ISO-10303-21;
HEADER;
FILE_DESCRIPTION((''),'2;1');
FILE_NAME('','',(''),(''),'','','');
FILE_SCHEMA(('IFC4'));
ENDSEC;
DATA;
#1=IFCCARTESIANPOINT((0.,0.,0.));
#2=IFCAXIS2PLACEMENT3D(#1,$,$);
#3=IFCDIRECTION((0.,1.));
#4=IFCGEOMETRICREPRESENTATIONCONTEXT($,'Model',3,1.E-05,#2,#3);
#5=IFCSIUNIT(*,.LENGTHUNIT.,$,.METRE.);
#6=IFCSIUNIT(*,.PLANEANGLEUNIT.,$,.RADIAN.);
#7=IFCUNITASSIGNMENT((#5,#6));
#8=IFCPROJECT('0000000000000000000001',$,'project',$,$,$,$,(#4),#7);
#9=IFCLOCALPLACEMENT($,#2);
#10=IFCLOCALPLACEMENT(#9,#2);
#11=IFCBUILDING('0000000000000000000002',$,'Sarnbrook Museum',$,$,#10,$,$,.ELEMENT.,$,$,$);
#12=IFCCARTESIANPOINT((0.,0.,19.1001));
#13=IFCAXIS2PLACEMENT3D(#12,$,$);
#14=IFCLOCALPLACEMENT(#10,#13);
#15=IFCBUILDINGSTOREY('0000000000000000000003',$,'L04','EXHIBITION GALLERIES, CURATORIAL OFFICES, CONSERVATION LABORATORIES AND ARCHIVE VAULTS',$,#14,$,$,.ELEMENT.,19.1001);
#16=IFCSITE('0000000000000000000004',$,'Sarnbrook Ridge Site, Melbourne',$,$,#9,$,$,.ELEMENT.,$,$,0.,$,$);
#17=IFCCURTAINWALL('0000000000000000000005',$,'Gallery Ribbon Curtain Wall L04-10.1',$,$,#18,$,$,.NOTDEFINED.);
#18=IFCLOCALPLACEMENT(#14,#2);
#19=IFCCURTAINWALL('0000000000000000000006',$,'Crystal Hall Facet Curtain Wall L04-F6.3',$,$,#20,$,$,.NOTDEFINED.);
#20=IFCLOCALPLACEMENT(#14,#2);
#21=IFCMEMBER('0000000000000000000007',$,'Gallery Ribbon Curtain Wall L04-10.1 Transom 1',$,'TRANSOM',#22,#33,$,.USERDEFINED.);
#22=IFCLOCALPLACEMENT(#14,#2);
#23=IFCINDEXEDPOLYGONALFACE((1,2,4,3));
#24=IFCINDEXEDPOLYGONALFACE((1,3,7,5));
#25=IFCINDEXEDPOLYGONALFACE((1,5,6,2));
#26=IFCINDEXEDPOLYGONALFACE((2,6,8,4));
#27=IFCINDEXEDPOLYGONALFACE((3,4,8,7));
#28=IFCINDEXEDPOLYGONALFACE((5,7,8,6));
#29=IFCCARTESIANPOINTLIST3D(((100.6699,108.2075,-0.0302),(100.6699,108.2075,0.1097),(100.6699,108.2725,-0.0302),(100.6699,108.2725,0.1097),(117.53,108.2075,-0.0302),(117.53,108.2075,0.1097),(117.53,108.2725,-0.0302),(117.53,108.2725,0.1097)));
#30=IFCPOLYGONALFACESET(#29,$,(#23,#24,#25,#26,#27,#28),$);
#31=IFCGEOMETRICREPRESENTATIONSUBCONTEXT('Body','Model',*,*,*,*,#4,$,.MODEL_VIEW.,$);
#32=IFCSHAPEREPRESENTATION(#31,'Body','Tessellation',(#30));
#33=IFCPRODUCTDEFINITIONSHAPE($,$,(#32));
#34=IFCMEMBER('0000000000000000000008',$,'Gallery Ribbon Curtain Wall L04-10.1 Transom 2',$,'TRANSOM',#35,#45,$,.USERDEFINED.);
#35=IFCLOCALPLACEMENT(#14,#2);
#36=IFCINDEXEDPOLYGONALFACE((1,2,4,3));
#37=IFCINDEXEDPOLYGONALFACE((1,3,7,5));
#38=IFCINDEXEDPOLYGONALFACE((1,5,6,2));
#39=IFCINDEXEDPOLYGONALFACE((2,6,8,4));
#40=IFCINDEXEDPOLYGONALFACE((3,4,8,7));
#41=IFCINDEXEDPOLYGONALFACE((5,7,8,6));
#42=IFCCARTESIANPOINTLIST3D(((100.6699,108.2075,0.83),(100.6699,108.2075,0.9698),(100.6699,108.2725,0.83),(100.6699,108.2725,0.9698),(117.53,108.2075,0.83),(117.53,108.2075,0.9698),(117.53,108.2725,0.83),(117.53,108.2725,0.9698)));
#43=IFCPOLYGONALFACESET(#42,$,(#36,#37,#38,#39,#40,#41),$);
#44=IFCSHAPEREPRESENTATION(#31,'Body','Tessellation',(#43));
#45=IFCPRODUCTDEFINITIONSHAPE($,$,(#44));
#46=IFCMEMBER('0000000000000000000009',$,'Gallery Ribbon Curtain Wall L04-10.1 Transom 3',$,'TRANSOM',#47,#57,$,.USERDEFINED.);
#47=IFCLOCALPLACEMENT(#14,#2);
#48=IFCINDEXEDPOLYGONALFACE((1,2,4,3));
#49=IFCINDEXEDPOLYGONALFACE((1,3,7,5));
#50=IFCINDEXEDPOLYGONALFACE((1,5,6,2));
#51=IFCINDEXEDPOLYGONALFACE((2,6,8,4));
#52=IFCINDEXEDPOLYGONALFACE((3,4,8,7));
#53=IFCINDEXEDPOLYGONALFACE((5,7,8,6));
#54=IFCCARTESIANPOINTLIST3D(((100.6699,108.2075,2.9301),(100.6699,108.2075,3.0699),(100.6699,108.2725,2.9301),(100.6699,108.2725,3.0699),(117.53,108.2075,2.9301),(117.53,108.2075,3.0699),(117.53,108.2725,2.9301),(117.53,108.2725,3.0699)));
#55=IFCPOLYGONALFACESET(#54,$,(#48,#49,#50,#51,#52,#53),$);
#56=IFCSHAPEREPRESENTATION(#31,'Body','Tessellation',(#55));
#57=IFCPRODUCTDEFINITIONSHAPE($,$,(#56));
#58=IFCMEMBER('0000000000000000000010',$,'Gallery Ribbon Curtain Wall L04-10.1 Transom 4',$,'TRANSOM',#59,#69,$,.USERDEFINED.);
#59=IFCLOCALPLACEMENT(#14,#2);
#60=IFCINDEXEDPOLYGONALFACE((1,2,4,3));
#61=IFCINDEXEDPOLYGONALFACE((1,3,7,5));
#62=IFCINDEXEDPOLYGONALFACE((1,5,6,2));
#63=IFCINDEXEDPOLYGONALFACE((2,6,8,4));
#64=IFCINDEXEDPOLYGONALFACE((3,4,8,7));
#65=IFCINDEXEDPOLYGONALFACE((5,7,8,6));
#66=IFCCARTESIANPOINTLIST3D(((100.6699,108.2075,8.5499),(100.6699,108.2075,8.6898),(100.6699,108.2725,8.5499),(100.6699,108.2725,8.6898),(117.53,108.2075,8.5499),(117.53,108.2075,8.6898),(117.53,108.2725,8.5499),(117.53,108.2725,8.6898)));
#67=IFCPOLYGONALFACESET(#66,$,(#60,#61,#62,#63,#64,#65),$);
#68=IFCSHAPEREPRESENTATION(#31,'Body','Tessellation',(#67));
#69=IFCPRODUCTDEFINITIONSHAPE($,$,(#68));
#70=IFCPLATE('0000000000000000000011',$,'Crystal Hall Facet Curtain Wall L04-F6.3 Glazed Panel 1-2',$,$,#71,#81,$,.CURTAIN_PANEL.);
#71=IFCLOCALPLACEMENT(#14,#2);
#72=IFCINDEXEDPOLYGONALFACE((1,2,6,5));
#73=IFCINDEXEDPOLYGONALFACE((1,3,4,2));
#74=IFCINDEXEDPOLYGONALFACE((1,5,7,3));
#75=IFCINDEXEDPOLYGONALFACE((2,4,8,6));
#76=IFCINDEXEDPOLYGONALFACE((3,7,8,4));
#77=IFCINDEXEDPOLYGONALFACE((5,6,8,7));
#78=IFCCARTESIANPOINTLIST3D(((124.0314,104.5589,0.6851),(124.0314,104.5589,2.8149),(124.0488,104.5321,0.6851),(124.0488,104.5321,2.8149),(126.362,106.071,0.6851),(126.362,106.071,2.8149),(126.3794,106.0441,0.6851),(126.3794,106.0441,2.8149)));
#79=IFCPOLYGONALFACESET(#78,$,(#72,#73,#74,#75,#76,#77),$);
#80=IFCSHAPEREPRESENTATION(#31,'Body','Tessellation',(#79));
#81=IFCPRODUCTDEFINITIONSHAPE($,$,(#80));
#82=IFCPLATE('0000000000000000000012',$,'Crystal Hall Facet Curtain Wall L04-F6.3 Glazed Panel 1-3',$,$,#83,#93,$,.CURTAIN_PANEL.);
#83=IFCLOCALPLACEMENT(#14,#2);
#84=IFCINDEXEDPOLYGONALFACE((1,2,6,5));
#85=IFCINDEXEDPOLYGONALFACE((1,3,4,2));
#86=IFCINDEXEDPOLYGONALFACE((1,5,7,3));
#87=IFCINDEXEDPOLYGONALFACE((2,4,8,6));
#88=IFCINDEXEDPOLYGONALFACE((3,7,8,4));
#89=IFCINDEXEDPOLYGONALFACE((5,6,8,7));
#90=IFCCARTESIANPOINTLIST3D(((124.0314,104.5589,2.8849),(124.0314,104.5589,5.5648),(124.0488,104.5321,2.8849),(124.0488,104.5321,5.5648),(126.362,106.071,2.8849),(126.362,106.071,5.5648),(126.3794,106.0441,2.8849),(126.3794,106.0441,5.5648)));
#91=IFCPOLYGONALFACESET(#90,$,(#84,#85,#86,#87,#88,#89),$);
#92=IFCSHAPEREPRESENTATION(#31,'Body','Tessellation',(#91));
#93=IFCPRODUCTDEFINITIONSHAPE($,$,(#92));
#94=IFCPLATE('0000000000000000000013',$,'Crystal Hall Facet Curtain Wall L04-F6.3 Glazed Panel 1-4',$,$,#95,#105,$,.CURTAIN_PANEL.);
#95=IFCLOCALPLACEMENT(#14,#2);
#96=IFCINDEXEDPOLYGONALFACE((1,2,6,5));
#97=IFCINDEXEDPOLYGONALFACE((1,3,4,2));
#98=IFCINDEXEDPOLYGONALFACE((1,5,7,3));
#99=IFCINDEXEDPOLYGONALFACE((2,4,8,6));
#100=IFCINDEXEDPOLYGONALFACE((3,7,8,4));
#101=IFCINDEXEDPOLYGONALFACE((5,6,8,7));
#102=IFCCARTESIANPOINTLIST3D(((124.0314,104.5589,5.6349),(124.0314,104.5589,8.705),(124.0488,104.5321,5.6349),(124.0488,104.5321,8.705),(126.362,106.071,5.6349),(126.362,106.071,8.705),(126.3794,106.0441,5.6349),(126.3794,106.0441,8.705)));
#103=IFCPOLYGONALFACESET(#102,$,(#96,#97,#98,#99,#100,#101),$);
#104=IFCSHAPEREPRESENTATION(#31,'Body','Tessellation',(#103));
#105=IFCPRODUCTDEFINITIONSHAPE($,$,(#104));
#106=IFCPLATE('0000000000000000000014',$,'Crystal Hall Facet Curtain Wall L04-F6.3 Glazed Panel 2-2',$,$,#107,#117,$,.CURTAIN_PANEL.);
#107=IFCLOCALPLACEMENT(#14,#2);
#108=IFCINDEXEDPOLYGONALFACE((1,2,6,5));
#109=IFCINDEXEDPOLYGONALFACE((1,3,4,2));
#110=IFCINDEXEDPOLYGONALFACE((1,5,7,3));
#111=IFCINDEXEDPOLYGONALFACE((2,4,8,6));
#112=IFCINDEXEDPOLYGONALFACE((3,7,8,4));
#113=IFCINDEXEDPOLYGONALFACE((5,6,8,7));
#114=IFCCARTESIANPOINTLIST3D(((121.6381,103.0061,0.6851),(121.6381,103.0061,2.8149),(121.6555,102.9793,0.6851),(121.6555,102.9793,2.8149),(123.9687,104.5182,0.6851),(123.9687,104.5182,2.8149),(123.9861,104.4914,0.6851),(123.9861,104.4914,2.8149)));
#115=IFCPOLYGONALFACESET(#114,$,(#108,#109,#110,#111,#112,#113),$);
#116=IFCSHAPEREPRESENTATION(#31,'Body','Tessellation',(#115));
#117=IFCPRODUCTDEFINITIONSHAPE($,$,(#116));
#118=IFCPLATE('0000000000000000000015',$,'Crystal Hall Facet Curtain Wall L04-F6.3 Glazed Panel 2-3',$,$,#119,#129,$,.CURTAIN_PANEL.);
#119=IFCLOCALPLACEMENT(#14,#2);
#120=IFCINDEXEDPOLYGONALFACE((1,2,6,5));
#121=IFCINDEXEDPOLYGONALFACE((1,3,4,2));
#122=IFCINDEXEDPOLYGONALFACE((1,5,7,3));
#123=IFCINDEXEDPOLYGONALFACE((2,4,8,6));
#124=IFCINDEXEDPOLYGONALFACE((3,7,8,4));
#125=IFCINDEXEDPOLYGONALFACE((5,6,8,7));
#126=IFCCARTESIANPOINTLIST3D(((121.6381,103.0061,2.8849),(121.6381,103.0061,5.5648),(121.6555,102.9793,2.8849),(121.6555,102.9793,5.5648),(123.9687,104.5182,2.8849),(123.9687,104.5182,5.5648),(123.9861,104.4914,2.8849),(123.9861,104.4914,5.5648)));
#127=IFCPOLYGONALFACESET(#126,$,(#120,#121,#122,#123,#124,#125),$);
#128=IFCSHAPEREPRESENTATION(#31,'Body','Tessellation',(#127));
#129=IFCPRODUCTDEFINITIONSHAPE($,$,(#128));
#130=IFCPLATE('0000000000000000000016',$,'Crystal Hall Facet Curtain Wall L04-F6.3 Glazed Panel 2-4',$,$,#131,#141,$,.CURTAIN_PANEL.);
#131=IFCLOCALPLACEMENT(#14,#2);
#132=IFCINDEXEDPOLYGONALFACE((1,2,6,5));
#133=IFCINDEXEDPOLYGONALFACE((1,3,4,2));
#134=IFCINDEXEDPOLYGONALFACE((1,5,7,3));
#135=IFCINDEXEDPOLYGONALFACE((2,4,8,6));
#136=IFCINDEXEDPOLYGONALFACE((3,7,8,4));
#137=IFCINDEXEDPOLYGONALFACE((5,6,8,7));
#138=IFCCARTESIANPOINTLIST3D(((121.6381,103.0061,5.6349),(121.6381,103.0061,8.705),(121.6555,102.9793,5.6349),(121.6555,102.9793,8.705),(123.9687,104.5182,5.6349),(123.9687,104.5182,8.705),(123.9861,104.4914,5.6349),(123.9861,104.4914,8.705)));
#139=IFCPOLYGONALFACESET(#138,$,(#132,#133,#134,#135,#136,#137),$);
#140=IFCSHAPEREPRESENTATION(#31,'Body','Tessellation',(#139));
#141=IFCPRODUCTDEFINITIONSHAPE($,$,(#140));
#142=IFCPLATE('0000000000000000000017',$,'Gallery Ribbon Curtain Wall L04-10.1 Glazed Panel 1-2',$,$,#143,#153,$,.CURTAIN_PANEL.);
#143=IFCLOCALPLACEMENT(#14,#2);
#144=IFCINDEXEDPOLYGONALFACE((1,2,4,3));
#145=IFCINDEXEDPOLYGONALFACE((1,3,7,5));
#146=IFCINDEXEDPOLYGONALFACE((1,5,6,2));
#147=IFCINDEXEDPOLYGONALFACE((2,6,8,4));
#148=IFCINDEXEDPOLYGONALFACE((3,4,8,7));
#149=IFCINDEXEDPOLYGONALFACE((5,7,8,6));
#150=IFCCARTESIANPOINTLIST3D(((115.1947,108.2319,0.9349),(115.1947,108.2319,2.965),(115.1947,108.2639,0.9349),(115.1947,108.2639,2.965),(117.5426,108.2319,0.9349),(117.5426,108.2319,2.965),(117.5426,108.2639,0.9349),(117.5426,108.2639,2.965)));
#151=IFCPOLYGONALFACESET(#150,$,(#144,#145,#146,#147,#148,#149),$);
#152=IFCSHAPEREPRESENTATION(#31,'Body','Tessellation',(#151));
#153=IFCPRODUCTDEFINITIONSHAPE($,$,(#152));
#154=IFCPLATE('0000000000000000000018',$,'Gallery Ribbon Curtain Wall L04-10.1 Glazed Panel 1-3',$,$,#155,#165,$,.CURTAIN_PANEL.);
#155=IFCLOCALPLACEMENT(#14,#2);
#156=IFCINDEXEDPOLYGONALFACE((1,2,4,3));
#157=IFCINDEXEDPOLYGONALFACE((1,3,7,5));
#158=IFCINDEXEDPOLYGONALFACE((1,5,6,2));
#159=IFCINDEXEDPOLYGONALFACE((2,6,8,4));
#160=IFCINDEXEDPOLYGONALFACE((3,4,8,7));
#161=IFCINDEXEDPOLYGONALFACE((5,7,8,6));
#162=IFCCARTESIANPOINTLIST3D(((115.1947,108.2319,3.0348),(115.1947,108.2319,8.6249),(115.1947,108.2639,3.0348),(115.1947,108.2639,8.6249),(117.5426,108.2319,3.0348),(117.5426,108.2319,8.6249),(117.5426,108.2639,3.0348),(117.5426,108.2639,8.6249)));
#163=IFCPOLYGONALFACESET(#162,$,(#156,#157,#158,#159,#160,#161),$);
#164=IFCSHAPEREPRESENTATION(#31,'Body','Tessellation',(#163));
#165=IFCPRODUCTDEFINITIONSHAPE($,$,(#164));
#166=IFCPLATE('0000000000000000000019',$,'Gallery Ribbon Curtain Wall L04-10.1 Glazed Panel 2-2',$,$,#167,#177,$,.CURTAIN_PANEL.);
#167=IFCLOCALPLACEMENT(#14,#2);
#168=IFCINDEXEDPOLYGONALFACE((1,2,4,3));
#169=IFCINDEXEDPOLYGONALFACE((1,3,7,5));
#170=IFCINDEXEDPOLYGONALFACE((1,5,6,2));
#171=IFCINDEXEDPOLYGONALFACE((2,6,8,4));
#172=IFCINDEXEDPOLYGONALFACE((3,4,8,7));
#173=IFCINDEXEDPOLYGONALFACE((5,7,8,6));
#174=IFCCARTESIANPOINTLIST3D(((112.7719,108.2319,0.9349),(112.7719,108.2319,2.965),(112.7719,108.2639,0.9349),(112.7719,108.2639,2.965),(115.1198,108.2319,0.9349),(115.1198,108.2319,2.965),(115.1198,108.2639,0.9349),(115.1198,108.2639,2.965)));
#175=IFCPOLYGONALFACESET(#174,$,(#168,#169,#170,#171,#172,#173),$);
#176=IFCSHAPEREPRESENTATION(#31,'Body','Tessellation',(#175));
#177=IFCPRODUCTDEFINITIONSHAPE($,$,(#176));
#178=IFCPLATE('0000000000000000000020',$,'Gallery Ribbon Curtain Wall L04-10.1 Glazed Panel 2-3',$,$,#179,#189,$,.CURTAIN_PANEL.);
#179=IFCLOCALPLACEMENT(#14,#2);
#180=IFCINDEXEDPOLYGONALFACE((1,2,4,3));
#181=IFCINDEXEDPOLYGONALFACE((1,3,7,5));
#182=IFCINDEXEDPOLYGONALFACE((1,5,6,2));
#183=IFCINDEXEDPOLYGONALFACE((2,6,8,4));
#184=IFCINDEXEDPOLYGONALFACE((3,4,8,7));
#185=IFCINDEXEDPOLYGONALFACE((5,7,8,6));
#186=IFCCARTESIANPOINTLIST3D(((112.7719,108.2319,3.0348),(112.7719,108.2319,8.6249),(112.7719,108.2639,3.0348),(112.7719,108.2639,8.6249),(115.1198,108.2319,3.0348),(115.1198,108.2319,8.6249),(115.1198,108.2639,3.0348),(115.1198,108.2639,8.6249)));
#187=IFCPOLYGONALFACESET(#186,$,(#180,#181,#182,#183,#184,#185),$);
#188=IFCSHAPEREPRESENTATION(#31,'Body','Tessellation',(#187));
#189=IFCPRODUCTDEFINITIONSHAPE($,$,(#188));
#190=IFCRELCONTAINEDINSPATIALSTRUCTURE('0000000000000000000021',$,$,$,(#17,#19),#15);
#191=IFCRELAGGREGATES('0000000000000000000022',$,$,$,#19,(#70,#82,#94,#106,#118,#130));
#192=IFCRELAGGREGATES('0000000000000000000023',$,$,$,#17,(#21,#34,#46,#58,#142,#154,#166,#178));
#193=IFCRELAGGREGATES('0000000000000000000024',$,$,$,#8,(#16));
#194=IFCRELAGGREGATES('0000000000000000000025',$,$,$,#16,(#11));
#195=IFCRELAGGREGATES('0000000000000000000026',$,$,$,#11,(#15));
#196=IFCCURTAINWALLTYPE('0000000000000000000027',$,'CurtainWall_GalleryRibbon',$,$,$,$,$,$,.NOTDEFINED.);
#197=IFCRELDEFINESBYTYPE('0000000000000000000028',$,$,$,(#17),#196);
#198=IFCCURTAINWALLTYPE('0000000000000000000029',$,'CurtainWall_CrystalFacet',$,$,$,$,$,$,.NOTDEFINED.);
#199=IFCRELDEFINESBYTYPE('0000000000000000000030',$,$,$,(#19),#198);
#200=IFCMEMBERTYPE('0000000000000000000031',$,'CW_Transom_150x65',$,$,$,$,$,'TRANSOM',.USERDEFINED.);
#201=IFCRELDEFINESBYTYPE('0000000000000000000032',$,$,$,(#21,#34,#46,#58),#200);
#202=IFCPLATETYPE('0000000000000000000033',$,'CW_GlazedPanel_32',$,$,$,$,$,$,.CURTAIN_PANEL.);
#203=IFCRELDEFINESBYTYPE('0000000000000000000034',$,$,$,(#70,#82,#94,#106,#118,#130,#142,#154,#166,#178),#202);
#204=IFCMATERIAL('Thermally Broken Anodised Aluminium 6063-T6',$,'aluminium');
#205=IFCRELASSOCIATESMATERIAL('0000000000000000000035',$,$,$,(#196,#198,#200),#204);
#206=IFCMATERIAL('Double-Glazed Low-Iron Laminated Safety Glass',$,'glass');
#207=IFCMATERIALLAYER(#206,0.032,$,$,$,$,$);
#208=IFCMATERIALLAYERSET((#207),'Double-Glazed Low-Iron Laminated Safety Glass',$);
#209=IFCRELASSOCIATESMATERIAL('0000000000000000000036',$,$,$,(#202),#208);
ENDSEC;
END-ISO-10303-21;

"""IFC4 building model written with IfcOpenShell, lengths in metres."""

from ifc_helpers import new_model, si_unit, direction, frame, origin, origin_2d, place, context, subcontext, project, spatial, rectangle, extrude, material, layer, layer_set, material_profile, profile_set, type_object, element, aggregate, save


model = new_model("IFC4")

# Units and contexts
model_context = context("Model", 3, precision=1e-05, world=origin(), true_north=direction((0.0, 1.0)))
body_context = subcontext(model_context, "Body", "Model", "MODEL_VIEW")
ifc_project = project(units=[si_unit("LENGTHUNIT", "METRE"), si_unit("PLANEANGLEUNIT", "RADIAN")], contexts=[model_context])

# Site, building, storey
site_placement = place(None, origin())
site = spatial("IfcSite", under=ifc_project, at=site_placement, Name="Sarnbrook Ridge Site, Melbourne", CompositionType="ELEMENT", RefElevation=0.0)
building_placement = place(site_placement, origin())
building = spatial("IfcBuilding", under=site, at=building_placement, Name="Sarnbrook Museum", CompositionType="ELEMENT")
storey_placement = place(building_placement, frame((0.0, 0.0, 19.1001)))
storey = spatial("IfcBuildingStorey", under=building, at=storey_placement, Name="L04", Description="EXHIBITION GALLERIES, CURATORIAL OFFICES, CONSERVATION LABORATORIES AND ARCHIVE VAULTS", CompositionType="ELEMENT", Elevation=19.1001)

# Curtain walls
ifc_material_1 = material(Name="Thermally Broken Anodised Aluminium 6063-T6", Category="aluminium")
curtain_wall_type_1 = type_object("IfcCurtainWallType", Name="CurtainWall_GalleryRibbon", PredefinedType="NOTDEFINED", material=ifc_material_1)
curtain_wall_1_placement = place(storey_placement, origin())
curtain_wall_1 = element("IfcCurtainWall", 1, at=curtain_wall_1_placement, inside=storey, type_object=curtain_wall_type_1, Name="Gallery Ribbon Curtain Wall L04-10.1", PredefinedType="NOTDEFINED")
curtain_wall_type_2 = type_object("IfcCurtainWallType", Name="CurtainWall_CrystalFacet", PredefinedType="NOTDEFINED", material=ifc_material_1)
curtain_wall_2_placement = place(storey_placement, origin())
curtain_wall_2 = element("IfcCurtainWall", 2, at=curtain_wall_2_placement, inside=storey, type_object=curtain_wall_type_2, Name="Crystal Hall Facet Curtain Wall L04-F6.3", PredefinedType="NOTDEFINED")
ifc_material_profile_1 = material_profile(ifc_material_1, rectangle(XDim=0.0649, YDim=0.1399, at=origin_2d()), Name="ALU TRANSOM 65x140")
ifc_profile_set_1 = profile_set([ifc_material_profile_1], Name="Thermally Broken Anodised Aluminium 6063-T6")
member_type_1 = type_object("IfcMemberType", Name="CW_Transom_150x65", ElementType="TRANSOM", PredefinedType="USERDEFINED", material=ifc_profile_set_1)

# Members
member_1_placement = place(storey_placement, frame((117.53, 108.24, 0.0398), z_axis=(-1.0, 0.0, 0.0), x_axis=(0.0, -1.0, 0.0)))
member_1 = element("IfcMember", 3, at=member_1_placement, type_object=member_type_1, Name="Gallery Ribbon Curtain Wall L04-10.1 Transom 1", ObjectType="TRANSOM", PredefinedType="USERDEFINED", context=body_context, shape_type="SweptSolid", body=[
    extrude(rectangle(XDim=0.0649, YDim=0.1399, at=origin_2d()), origin(), (0.0, 0.0, 1.0), 16.8601),
])
member_2_placement = place(storey_placement, frame((117.53, 108.24, 0.8999), z_axis=(-1.0, 0.0, 0.0), x_axis=(0.0, -1.0, 0.0)))
member_2 = element("IfcMember", 4, at=member_2_placement, type_object=member_type_1, Name="Gallery Ribbon Curtain Wall L04-10.1 Transom 2", ObjectType="TRANSOM", PredefinedType="USERDEFINED", context=body_context, shape_type="SweptSolid", body=[
    extrude(rectangle(XDim=0.0649, YDim=0.1399, at=origin_2d()), origin(), (0.0, 0.0, 1.0), 16.8601),
])
member_3_placement = place(storey_placement, frame((117.53, 108.24, 3.0), z_axis=(-1.0, 0.0, 0.0), x_axis=(0.0, -1.0, 0.0)))
member_3 = element("IfcMember", 5, at=member_3_placement, type_object=member_type_1, Name="Gallery Ribbon Curtain Wall L04-10.1 Transom 3", ObjectType="TRANSOM", PredefinedType="USERDEFINED", context=body_context, shape_type="SweptSolid", body=[
    extrude(rectangle(XDim=0.0649, YDim=0.1399, at=origin_2d()), origin(), (0.0, 0.0, 1.0), 16.8601),
])
member_4_placement = place(storey_placement, frame((117.53, 108.24, 8.6199), z_axis=(-1.0, 0.0, 0.0), x_axis=(0.0, -1.0, 0.0)))
member_4 = element("IfcMember", 6, at=member_4_placement, type_object=member_type_1, Name="Gallery Ribbon Curtain Wall L04-10.1 Transom 4", ObjectType="TRANSOM", PredefinedType="USERDEFINED", context=body_context, shape_type="SweptSolid", body=[
    extrude(rectangle(XDim=0.0649, YDim=0.1399, at=origin_2d()), origin(), (0.0, 0.0, 1.0), 16.8601),
])

# Plates
ifc_material_2 = material(Name="Double-Glazed Low-Iron Laminated Safety Glass", Category="glass")
ifc_layer_1 = layer(ifc_material_2, 0.032)
ifc_layer_set_1 = layer_set([ifc_layer_1], Name="Double-Glazed Low-Iron Laminated Safety Glass")
plate_type_1 = type_object("IfcPlateType", Name="CW_GlazedPanel_32", PredefinedType="CURTAIN_PANEL", material=ifc_layer_set_1)
plate_1_placement = place(storey_placement, frame((125.2141, 105.2881, 1.75), z_axis=(-0.544287, 0.838899, 0.0), x_axis=(-0.838899, -0.544287, 0.0)))
plate_1 = element("IfcPlate", 7, at=plate_1_placement, type_object=plate_type_1, Name="Crystal Hall Facet Curtain Wall L04-F6.3 Glazed Panel 1-2", PredefinedType="CURTAIN_PANEL", context=body_context, shape_type="SweptSolid", body=[
    extrude(rectangle(XDim=2.7781, YDim=2.1299, at=origin_2d()), origin(), (0.0, 0.0, 1.0), 0.032),
])
plate_2_placement = place(storey_placement, frame((125.2141, 105.2881, 4.2249), z_axis=(-0.544287, 0.838899, 0.0), x_axis=(-0.838899, -0.544287, 0.0)))
plate_2 = element("IfcPlate", 8, at=plate_2_placement, type_object=plate_type_1, Name="Crystal Hall Facet Curtain Wall L04-F6.3 Glazed Panel 1-3", PredefinedType="CURTAIN_PANEL", context=body_context, shape_type="SweptSolid", body=[
    extrude(rectangle(XDim=2.7781, YDim=2.6799, at=origin_2d()), origin(), (0.0, 0.0, 1.0), 0.032),
])
plate_3_placement = place(storey_placement, frame((125.2141, 105.2881, 7.1699), z_axis=(-0.544287, 0.838899, 0.0), x_axis=(-0.838899, -0.544287, 0.0)))
plate_3 = element("IfcPlate", 9, at=plate_3_placement, type_object=plate_type_1, Name="Crystal Hall Facet Curtain Wall L04-F6.3 Glazed Panel 1-4", PredefinedType="CURTAIN_PANEL", context=body_context, shape_type="SweptSolid", body=[
    extrude(rectangle(XDim=2.7781, YDim=3.0701, at=origin_2d()), origin(), (0.0, 0.0, 1.0), 0.032),
])
plate_4_placement = place(storey_placement, frame((122.8208, 103.7354, 1.75), z_axis=(-0.544287, 0.838899, 0.0), x_axis=(-0.838899, -0.544287, 0.0)))
plate_4 = element("IfcPlate", 10, at=plate_4_placement, type_object=plate_type_1, Name="Crystal Hall Facet Curtain Wall L04-F6.3 Glazed Panel 2-2", PredefinedType="CURTAIN_PANEL", context=body_context, shape_type="SweptSolid", body=[
    extrude(rectangle(XDim=2.7781, YDim=2.1299, at=origin_2d()), origin(), (0.0, 0.0, 1.0), 0.032),
])
plate_5_placement = place(storey_placement, frame((122.8208, 103.7354, 4.2249), z_axis=(-0.544287, 0.838899, 0.0), x_axis=(-0.838899, -0.544287, 0.0)))
plate_5 = element("IfcPlate", 11, at=plate_5_placement, type_object=plate_type_1, Name="Crystal Hall Facet Curtain Wall L04-F6.3 Glazed Panel 2-3", PredefinedType="CURTAIN_PANEL", context=body_context, shape_type="SweptSolid", body=[
    extrude(rectangle(XDim=2.7781, YDim=2.6799, at=origin_2d()), origin(), (0.0, 0.0, 1.0), 0.032),
])
plate_6_placement = place(storey_placement, frame((122.8208, 103.7354, 7.1699), z_axis=(-0.544287, 0.838899, 0.0), x_axis=(-0.838899, -0.544287, 0.0)))
plate_6 = element("IfcPlate", 12, at=plate_6_placement, type_object=plate_type_1, Name="Crystal Hall Facet Curtain Wall L04-F6.3 Glazed Panel 2-4", PredefinedType="CURTAIN_PANEL", context=body_context, shape_type="SweptSolid", body=[
    extrude(rectangle(XDim=2.7781, YDim=3.0701, at=origin_2d()), origin(), (0.0, 0.0, 1.0), 0.032),
])
plate_7_placement = place(storey_placement, frame((116.3687, 108.2319, 1.95), z_axis=(0.0, 1.0, 0.0), x_axis=(-1.0, 0.0, 0.0)))
plate_7 = element("IfcPlate", 13, at=plate_7_placement, type_object=plate_type_1, Name="Gallery Ribbon Curtain Wall L04-10.1 Glazed Panel 1-2", PredefinedType="CURTAIN_PANEL", context=body_context, shape_type="SweptSolid", body=[
    extrude(rectangle(XDim=2.3479, YDim=2.03, at=origin_2d()), origin(), (0.0, 0.0, 1.0), 0.032),
])
plate_8_placement = place(storey_placement, frame((116.3687, 108.2319, 5.8298), z_axis=(0.0, 1.0, 0.0), x_axis=(-1.0, 0.0, 0.0)))
plate_8 = element("IfcPlate", 14, at=plate_8_placement, type_object=plate_type_1, Name="Gallery Ribbon Curtain Wall L04-10.1 Glazed Panel 1-3", PredefinedType="CURTAIN_PANEL", context=body_context, shape_type="SweptSolid", body=[
    extrude(rectangle(XDim=2.3479, YDim=5.5901, at=origin_2d()), origin(), (0.0, 0.0, 1.0), 0.032),
])
plate_9_placement = place(storey_placement, frame((113.9458, 108.2319, 1.95), z_axis=(0.0, 1.0, 0.0), x_axis=(-1.0, 0.0, 0.0)))
plate_9 = element("IfcPlate", 15, at=plate_9_placement, type_object=plate_type_1, Name="Gallery Ribbon Curtain Wall L04-10.1 Glazed Panel 2-2", PredefinedType="CURTAIN_PANEL", context=body_context, shape_type="SweptSolid", body=[
    extrude(rectangle(XDim=2.3479, YDim=2.03, at=origin_2d()), origin(), (0.0, 0.0, 1.0), 0.032),
])
plate_10_placement = place(storey_placement, frame((113.9458, 108.2319, 5.8298), z_axis=(0.0, 1.0, 0.0), x_axis=(-1.0, 0.0, 0.0)))
plate_10 = element("IfcPlate", 16, at=plate_10_placement, type_object=plate_type_1, Name="Gallery Ribbon Curtain Wall L04-10.1 Glazed Panel 2-3", PredefinedType="CURTAIN_PANEL", context=body_context, shape_type="SweptSolid", body=[
    extrude(rectangle(XDim=2.3479, YDim=5.5901, at=origin_2d()), origin(), (0.0, 0.0, 1.0), 0.032),
])
aggregate(curtain_wall_2, [plate_1, plate_2, plate_3, plate_4, plate_5, plate_6])
aggregate(curtain_wall_1, [member_1, member_2, member_3, member_4, plate_7, plate_8, plate_9, plate_10])

save(model, "model.ifc")
